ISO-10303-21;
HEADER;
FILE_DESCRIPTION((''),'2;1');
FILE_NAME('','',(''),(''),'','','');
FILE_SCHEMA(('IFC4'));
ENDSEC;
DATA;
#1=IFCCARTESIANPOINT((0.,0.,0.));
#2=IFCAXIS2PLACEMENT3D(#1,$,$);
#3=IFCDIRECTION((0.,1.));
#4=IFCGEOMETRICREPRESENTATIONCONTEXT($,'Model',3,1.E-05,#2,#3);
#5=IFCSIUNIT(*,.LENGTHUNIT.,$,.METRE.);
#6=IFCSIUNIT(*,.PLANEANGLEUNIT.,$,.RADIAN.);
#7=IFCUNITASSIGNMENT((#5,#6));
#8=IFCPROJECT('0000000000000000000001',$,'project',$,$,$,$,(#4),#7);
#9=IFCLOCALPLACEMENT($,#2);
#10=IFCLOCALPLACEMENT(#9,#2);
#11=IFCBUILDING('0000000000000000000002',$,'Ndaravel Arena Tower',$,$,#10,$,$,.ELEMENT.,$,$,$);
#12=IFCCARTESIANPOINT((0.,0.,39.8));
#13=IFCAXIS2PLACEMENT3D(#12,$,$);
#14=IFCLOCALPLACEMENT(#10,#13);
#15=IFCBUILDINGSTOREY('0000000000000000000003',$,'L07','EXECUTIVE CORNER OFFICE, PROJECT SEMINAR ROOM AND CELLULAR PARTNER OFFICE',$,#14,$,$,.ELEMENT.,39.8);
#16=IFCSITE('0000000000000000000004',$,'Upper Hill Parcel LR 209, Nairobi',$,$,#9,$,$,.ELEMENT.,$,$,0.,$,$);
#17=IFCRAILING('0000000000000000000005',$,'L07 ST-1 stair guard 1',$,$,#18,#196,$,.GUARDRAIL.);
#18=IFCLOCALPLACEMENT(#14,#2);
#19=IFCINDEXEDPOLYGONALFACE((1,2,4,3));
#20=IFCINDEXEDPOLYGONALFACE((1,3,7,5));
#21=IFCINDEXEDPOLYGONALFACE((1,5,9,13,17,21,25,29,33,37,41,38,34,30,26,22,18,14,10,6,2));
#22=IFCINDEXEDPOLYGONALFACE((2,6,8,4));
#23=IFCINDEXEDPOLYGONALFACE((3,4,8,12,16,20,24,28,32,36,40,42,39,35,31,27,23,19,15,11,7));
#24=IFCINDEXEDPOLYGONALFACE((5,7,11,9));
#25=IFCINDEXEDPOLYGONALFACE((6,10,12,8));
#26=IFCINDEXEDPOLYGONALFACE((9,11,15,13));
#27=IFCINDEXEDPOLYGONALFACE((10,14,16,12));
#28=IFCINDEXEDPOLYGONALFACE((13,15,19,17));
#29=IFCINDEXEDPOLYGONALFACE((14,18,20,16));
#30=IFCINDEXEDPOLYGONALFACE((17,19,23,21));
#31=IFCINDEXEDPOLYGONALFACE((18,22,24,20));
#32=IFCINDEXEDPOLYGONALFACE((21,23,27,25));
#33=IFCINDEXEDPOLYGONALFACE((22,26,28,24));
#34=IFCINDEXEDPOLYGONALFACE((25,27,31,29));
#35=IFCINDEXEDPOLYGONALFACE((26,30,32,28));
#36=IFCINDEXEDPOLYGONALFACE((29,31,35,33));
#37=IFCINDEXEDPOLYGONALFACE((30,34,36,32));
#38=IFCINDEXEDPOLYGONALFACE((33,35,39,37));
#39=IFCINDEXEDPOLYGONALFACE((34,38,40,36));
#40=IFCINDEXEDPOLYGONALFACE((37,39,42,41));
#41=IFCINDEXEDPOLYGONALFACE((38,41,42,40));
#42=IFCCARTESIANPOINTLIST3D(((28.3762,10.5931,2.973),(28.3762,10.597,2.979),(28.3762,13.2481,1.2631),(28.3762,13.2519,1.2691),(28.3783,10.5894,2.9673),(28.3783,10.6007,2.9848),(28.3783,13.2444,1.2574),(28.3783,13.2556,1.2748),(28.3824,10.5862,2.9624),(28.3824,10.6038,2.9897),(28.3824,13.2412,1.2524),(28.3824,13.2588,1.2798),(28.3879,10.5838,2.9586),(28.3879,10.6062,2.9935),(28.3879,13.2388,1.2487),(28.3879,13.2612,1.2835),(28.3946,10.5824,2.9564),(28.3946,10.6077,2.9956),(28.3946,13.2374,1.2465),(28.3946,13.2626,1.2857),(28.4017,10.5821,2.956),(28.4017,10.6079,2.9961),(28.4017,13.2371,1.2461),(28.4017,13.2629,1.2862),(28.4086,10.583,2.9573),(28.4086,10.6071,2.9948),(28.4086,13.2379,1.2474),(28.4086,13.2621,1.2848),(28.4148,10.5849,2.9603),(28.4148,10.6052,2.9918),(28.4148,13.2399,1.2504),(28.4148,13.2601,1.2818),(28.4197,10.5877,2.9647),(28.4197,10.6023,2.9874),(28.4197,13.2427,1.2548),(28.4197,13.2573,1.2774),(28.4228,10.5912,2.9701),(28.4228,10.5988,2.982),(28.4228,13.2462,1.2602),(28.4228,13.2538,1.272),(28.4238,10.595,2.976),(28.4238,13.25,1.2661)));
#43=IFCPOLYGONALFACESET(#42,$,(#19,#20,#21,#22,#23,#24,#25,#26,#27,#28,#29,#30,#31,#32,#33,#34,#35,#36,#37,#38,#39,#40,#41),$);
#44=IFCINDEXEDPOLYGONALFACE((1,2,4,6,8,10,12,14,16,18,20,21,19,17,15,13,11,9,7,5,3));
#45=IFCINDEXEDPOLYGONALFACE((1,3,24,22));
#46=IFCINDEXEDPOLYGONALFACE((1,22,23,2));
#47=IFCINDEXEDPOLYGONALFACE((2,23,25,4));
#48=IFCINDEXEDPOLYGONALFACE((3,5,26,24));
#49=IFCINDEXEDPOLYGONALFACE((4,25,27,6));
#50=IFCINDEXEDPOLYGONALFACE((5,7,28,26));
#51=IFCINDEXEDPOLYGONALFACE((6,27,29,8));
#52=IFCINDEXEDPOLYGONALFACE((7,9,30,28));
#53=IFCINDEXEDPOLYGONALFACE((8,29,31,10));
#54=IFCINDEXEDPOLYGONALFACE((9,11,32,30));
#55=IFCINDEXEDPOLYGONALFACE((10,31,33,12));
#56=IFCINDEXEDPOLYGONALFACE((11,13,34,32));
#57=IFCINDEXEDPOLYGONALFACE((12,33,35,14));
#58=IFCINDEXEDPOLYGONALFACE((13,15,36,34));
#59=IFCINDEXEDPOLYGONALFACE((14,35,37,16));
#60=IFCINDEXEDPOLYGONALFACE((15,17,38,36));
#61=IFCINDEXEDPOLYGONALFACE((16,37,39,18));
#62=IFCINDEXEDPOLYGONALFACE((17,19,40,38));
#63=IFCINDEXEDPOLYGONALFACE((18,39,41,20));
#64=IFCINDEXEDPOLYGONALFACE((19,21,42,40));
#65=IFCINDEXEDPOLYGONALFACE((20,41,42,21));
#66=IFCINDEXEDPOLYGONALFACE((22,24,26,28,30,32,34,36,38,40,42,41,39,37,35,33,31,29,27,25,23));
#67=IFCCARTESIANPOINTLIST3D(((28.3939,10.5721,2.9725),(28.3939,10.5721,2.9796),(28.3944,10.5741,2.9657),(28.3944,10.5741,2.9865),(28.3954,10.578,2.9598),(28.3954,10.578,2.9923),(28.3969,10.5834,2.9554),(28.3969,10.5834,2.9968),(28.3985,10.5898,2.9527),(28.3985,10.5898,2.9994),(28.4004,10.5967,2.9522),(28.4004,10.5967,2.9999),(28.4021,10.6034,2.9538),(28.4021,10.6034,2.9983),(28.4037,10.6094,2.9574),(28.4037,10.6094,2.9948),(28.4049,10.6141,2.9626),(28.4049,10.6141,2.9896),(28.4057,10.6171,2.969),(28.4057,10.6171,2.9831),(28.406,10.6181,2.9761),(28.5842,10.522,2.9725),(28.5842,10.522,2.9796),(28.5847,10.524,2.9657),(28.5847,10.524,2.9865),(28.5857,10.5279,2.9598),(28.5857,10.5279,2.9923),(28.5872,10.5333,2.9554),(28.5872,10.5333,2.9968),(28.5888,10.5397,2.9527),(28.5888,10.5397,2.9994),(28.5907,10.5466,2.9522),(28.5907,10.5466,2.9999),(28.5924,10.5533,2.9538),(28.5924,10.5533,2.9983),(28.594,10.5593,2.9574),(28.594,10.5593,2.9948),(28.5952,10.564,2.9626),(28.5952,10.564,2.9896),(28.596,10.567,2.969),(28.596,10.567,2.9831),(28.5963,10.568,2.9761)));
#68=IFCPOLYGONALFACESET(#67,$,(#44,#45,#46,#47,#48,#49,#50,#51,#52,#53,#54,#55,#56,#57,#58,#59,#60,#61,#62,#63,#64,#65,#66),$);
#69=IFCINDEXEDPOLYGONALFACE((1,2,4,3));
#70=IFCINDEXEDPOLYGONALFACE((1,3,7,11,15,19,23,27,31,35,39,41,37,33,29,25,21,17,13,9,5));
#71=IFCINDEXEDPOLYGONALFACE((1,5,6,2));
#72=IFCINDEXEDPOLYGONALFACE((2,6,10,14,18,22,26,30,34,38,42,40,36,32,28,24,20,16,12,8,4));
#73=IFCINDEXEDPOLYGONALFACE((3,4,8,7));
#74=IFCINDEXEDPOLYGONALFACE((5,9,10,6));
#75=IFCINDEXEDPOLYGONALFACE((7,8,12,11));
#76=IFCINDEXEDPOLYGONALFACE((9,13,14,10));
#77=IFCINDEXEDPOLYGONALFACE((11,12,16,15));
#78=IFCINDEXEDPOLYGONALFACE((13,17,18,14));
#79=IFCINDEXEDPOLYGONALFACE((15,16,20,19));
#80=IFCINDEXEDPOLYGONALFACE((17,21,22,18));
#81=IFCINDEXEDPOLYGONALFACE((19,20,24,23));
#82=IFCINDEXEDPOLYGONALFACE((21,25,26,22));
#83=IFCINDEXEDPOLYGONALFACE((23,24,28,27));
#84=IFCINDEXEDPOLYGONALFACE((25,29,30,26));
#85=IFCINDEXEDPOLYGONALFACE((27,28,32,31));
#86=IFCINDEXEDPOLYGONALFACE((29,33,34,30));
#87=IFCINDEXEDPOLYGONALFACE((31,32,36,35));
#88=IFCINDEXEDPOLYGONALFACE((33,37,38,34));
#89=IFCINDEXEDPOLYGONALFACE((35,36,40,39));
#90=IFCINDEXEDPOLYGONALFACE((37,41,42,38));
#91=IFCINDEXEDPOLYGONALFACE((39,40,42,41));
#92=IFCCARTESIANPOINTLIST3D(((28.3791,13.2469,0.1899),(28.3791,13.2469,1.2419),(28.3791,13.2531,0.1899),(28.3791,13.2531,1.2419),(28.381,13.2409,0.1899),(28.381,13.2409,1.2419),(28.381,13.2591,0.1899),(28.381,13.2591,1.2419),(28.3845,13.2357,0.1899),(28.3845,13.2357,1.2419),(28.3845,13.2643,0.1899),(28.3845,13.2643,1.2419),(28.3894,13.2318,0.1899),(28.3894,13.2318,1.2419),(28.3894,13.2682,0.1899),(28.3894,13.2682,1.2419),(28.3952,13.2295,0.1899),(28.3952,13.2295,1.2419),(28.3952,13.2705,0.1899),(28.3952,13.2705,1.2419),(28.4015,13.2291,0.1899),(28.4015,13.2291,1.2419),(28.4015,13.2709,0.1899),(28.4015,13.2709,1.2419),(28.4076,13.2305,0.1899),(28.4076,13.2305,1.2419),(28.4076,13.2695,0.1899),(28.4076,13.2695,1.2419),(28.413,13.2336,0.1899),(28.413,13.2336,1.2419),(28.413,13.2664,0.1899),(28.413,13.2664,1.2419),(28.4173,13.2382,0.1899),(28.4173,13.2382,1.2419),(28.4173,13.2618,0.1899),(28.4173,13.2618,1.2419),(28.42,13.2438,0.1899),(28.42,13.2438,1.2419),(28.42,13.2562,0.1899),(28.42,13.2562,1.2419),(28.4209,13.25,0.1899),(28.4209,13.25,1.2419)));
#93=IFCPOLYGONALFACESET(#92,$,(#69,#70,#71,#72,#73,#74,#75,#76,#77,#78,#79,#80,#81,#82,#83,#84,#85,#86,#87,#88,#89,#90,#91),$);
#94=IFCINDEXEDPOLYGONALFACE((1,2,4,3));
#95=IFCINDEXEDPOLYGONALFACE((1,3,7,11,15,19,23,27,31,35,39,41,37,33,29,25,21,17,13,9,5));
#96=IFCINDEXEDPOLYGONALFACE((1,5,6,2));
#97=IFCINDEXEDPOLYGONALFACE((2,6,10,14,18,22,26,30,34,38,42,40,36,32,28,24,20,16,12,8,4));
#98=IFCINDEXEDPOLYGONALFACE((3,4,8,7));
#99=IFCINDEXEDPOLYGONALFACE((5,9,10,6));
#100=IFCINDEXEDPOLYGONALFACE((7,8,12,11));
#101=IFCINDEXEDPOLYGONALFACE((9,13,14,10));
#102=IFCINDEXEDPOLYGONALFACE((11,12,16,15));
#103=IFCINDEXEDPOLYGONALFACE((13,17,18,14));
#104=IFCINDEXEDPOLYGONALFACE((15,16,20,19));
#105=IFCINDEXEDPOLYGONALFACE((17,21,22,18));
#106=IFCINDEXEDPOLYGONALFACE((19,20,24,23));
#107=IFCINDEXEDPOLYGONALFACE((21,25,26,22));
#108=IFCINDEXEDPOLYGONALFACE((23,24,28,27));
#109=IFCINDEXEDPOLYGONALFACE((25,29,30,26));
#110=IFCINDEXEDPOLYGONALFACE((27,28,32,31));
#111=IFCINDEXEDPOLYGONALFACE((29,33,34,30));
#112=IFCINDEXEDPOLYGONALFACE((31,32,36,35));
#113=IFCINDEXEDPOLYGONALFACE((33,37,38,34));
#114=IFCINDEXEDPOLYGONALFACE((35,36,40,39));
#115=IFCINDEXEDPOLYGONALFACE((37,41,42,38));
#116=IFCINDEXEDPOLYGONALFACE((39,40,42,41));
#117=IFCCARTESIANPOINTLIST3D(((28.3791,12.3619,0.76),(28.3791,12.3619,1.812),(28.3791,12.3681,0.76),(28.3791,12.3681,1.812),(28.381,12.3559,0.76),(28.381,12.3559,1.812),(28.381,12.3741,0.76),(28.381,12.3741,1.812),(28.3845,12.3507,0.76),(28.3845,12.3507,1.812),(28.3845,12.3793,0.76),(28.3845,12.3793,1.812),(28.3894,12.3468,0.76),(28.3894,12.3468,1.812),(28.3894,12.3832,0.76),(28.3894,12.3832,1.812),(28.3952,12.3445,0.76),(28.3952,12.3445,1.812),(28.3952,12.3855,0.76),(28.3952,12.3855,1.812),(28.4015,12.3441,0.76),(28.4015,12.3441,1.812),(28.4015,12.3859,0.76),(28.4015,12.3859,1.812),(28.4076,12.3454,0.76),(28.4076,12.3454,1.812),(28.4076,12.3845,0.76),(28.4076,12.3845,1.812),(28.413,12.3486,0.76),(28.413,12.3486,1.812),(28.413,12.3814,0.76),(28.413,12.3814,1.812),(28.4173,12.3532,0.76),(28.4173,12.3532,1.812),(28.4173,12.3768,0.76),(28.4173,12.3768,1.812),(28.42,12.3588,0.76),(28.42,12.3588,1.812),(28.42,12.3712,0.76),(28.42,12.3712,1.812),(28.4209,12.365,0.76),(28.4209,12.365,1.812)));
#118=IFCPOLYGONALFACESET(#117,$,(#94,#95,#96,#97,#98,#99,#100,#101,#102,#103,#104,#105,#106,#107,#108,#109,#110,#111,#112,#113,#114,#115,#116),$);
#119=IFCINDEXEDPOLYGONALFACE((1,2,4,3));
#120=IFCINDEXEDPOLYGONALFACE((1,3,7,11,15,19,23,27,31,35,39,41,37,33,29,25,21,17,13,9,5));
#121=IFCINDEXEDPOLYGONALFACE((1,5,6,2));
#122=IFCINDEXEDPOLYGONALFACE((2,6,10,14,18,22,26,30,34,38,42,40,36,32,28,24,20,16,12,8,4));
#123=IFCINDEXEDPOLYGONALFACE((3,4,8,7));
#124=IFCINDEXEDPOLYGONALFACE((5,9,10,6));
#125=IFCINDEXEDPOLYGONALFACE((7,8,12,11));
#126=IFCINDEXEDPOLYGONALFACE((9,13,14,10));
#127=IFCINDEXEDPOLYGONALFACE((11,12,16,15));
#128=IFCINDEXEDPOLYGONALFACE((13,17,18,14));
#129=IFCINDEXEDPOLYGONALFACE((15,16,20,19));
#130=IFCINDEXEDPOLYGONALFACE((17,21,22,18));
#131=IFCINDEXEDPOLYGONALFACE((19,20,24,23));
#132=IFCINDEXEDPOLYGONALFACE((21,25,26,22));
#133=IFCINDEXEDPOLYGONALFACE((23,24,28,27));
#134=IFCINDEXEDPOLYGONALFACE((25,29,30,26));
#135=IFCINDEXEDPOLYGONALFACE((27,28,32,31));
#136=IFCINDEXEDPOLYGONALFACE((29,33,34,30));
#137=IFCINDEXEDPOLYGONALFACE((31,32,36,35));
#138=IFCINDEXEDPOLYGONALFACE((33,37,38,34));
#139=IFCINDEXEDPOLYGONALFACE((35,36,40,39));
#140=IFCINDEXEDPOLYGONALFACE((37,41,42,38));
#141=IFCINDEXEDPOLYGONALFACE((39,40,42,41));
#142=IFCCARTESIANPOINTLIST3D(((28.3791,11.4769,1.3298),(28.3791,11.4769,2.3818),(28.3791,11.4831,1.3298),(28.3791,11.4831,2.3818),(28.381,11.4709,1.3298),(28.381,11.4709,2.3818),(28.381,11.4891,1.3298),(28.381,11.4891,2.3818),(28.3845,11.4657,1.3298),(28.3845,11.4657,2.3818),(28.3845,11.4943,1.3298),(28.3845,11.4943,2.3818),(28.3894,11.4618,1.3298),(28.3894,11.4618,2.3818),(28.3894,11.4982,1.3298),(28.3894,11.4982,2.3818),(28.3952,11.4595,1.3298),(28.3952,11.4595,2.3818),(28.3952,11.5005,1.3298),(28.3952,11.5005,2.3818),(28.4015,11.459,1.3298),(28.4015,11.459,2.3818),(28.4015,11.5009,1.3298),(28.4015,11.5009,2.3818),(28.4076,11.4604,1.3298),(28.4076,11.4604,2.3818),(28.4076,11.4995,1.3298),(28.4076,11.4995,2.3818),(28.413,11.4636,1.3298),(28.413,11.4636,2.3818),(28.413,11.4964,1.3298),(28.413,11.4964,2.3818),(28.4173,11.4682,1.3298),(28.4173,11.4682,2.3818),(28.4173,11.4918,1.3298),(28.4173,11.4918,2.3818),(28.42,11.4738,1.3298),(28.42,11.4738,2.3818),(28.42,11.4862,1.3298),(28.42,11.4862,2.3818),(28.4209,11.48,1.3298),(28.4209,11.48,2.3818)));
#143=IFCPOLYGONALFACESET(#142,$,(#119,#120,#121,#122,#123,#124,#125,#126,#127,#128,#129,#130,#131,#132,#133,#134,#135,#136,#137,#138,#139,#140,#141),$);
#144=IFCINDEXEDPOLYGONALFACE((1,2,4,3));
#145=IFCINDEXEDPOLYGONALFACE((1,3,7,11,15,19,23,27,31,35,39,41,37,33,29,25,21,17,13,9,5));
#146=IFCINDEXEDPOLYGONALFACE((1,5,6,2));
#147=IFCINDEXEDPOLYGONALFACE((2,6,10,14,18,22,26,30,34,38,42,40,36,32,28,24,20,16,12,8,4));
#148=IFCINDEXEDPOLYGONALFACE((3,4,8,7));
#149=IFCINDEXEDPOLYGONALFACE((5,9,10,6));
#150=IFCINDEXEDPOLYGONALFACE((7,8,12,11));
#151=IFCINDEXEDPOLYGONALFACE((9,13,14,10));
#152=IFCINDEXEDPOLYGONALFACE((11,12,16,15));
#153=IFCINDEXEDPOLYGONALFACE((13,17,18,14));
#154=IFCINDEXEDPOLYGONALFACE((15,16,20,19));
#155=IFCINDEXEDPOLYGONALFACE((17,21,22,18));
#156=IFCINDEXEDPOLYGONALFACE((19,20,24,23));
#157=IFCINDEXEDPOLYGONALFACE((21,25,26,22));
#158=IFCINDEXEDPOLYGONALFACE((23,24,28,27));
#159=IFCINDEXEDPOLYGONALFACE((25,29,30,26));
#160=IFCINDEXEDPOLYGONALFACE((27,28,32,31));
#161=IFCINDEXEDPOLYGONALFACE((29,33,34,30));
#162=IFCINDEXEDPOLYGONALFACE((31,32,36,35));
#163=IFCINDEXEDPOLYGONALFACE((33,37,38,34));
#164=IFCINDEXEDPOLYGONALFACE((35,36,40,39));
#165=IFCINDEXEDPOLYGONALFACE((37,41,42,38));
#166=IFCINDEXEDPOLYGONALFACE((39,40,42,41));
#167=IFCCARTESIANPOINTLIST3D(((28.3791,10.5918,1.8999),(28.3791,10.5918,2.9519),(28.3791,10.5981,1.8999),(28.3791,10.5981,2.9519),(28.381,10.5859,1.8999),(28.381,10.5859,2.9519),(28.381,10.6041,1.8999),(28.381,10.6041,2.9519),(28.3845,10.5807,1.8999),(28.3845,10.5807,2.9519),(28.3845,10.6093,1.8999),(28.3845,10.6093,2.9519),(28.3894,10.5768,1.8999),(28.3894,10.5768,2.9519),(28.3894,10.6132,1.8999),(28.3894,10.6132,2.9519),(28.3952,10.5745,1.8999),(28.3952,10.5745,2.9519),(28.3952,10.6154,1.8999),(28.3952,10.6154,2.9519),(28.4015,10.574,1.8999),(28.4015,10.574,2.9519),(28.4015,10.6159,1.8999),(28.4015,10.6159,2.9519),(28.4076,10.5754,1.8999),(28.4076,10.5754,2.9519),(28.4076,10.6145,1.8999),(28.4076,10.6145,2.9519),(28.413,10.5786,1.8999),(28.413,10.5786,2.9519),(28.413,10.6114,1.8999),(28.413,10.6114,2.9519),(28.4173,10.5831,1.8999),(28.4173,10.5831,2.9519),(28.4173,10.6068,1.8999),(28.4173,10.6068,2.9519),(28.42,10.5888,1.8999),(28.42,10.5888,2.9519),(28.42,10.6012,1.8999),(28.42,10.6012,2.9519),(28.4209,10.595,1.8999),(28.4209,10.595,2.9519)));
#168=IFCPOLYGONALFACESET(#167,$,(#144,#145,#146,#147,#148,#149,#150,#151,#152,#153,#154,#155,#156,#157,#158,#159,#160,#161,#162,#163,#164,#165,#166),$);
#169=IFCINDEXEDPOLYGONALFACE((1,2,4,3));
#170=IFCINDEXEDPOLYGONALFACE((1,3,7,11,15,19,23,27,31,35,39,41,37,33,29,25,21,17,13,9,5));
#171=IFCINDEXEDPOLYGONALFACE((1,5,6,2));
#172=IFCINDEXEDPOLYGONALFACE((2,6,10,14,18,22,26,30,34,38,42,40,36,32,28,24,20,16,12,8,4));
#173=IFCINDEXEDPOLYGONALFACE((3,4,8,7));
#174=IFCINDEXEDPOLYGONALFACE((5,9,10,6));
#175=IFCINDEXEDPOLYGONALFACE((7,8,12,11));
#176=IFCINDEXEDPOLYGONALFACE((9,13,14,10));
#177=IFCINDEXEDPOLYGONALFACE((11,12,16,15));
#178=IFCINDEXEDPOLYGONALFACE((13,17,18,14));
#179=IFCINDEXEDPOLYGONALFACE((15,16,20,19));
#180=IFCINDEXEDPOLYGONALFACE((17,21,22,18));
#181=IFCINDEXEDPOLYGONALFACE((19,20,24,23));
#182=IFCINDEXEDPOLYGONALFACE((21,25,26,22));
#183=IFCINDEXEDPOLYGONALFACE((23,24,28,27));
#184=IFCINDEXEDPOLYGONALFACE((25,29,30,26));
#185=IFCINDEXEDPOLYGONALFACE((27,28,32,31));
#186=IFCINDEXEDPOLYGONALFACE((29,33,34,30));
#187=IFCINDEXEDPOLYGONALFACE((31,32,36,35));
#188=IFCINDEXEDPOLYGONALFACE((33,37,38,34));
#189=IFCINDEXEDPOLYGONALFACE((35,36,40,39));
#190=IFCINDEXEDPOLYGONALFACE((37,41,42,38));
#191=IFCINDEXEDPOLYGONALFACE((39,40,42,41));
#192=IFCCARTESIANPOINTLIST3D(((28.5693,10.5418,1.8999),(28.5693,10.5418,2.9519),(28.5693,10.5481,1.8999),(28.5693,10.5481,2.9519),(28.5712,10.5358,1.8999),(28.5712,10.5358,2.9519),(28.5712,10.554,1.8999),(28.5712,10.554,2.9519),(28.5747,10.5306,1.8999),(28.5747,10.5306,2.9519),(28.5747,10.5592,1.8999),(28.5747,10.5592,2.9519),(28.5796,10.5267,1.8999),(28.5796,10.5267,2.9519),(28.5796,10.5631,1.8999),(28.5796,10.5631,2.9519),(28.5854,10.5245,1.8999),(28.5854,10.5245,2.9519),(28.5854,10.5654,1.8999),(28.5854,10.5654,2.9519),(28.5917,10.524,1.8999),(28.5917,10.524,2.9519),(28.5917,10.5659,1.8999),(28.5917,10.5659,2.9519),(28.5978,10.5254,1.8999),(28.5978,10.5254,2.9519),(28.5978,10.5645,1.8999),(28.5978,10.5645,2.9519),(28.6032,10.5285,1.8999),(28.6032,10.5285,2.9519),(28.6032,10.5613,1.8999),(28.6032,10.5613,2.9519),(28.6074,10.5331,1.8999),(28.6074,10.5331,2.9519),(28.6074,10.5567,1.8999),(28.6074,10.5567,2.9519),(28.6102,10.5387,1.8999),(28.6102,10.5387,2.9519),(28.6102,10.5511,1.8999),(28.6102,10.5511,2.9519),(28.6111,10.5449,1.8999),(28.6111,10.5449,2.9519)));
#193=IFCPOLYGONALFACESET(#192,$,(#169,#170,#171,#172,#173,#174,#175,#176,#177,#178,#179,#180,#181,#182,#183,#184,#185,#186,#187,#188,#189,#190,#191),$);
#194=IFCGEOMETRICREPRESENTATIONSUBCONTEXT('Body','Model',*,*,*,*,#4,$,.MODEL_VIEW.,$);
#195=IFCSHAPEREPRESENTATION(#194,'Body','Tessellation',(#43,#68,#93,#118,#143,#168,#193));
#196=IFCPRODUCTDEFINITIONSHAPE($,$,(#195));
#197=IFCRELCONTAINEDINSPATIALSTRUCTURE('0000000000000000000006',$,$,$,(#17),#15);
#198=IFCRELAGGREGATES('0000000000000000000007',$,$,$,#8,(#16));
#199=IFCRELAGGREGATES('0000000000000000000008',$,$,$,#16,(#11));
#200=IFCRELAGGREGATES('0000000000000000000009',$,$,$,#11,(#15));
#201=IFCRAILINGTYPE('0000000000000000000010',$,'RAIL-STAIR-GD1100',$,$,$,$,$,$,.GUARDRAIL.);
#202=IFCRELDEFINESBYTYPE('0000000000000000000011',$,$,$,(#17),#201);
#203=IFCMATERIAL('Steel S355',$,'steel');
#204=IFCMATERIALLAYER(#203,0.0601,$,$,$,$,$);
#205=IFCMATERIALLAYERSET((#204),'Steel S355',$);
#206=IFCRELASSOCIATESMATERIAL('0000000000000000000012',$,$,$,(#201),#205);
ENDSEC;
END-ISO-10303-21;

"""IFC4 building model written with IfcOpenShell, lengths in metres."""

from ifc_helpers import new_model, si_unit, direction, frame, origin, origin_2d, place, context, subcontext, project, spatial, circle, extrude, material, layer, layer_set, type_object, element, save


model = new_model("IFC4")

# Units and contexts
model_context = context("Model", 3, precision=1e-05, world=origin(), true_north=direction((0.0, 1.0)))
body_context = subcontext(model_context, "Body", "Model", "MODEL_VIEW")
ifc_project = project(units=[si_unit("LENGTHUNIT", "METRE"), si_unit("PLANEANGLEUNIT", "RADIAN")], contexts=[model_context])

# Site, building, storey
site_placement = place(None, origin())
site = spatial("IfcSite", under=ifc_project, at=site_placement, Name="Upper Hill Parcel LR 209, Nairobi", CompositionType="ELEMENT", RefElevation=0.0)
building_placement = place(site_placement, origin())
building = spatial("IfcBuilding", under=site, at=building_placement, Name="Ndaravel Arena Tower", CompositionType="ELEMENT")
storey_placement = place(building_placement, frame((0.0, 0.0, 39.8)))
storey = spatial("IfcBuildingStorey", under=building, at=storey_placement, Name="L07", Description="EXECUTIVE CORNER OFFICE, PROJECT SEMINAR ROOM AND CELLULAR PARTNER OFFICE", CompositionType="ELEMENT", Elevation=39.8)

# Railing
ifc_material_1 = material(Name="Steel S355", Category="steel")
ifc_layer_1 = layer(ifc_material_1, 0.0601)
ifc_layer_set_1 = layer_set([ifc_layer_1], Name="Steel S355")
railing_type_1 = type_object("IfcRailingType", Name="RAIL-STAIR-GD1100", PredefinedType="GUARDRAIL", material=ifc_layer_set_1)
railing_1_placement = place(storey_placement, frame((28.3999, 13.25, 0.1899)))
element("IfcRailing", 1, at=railing_1_placement, inside=storey, type_object=railing_type_1, Name="L07 ST-1 stair guard 1", PredefinedType="GUARDRAIL", context=body_context, shape_type="SweptSolid", body=[
    extrude(circle(Radius=0.0239, at=origin_2d()), frame((0.0, 0.0, 1.0762), z_axis=(0.0, -0.840724, 0.541465), x_axis=(1.0, 0.0, 0.0)), (0.0, 0.0, 1.0), 3.158),
    extrude(circle(Radius=0.0239, at=origin_2d()), frame((0.0, -2.655, 2.7861), z_axis=(0.967075, -0.254493, 0.0), x_axis=(0.254493, 0.967075, 0.0)), (0.0, 0.0, 1.0), 0.1968),
    extrude(circle(Radius=0.021, at=origin_2d()), origin(), (0.0, 0.0, 1.0), 1.052),
    extrude(circle(Radius=0.021, at=origin_2d()), frame((0.0, -0.885, 0.5701)), (0.0, 0.0, 1.0), 1.052),
    extrude(circle(Radius=0.021, at=origin_2d()), frame((0.0, -1.77, 1.1399)), (0.0, 0.0, 1.0), 1.052),
    extrude(circle(Radius=0.021, at=origin_2d()), frame((0.0, -2.655, 1.71)), (0.0, 0.0, 1.0), 1.052),
    extrude(circle(Radius=0.021, at=origin_2d()), frame((0.1902, -2.7051, 1.71)), (0.0, 0.0, 1.0), 1.052),
])

save(model, "model.ifc")
